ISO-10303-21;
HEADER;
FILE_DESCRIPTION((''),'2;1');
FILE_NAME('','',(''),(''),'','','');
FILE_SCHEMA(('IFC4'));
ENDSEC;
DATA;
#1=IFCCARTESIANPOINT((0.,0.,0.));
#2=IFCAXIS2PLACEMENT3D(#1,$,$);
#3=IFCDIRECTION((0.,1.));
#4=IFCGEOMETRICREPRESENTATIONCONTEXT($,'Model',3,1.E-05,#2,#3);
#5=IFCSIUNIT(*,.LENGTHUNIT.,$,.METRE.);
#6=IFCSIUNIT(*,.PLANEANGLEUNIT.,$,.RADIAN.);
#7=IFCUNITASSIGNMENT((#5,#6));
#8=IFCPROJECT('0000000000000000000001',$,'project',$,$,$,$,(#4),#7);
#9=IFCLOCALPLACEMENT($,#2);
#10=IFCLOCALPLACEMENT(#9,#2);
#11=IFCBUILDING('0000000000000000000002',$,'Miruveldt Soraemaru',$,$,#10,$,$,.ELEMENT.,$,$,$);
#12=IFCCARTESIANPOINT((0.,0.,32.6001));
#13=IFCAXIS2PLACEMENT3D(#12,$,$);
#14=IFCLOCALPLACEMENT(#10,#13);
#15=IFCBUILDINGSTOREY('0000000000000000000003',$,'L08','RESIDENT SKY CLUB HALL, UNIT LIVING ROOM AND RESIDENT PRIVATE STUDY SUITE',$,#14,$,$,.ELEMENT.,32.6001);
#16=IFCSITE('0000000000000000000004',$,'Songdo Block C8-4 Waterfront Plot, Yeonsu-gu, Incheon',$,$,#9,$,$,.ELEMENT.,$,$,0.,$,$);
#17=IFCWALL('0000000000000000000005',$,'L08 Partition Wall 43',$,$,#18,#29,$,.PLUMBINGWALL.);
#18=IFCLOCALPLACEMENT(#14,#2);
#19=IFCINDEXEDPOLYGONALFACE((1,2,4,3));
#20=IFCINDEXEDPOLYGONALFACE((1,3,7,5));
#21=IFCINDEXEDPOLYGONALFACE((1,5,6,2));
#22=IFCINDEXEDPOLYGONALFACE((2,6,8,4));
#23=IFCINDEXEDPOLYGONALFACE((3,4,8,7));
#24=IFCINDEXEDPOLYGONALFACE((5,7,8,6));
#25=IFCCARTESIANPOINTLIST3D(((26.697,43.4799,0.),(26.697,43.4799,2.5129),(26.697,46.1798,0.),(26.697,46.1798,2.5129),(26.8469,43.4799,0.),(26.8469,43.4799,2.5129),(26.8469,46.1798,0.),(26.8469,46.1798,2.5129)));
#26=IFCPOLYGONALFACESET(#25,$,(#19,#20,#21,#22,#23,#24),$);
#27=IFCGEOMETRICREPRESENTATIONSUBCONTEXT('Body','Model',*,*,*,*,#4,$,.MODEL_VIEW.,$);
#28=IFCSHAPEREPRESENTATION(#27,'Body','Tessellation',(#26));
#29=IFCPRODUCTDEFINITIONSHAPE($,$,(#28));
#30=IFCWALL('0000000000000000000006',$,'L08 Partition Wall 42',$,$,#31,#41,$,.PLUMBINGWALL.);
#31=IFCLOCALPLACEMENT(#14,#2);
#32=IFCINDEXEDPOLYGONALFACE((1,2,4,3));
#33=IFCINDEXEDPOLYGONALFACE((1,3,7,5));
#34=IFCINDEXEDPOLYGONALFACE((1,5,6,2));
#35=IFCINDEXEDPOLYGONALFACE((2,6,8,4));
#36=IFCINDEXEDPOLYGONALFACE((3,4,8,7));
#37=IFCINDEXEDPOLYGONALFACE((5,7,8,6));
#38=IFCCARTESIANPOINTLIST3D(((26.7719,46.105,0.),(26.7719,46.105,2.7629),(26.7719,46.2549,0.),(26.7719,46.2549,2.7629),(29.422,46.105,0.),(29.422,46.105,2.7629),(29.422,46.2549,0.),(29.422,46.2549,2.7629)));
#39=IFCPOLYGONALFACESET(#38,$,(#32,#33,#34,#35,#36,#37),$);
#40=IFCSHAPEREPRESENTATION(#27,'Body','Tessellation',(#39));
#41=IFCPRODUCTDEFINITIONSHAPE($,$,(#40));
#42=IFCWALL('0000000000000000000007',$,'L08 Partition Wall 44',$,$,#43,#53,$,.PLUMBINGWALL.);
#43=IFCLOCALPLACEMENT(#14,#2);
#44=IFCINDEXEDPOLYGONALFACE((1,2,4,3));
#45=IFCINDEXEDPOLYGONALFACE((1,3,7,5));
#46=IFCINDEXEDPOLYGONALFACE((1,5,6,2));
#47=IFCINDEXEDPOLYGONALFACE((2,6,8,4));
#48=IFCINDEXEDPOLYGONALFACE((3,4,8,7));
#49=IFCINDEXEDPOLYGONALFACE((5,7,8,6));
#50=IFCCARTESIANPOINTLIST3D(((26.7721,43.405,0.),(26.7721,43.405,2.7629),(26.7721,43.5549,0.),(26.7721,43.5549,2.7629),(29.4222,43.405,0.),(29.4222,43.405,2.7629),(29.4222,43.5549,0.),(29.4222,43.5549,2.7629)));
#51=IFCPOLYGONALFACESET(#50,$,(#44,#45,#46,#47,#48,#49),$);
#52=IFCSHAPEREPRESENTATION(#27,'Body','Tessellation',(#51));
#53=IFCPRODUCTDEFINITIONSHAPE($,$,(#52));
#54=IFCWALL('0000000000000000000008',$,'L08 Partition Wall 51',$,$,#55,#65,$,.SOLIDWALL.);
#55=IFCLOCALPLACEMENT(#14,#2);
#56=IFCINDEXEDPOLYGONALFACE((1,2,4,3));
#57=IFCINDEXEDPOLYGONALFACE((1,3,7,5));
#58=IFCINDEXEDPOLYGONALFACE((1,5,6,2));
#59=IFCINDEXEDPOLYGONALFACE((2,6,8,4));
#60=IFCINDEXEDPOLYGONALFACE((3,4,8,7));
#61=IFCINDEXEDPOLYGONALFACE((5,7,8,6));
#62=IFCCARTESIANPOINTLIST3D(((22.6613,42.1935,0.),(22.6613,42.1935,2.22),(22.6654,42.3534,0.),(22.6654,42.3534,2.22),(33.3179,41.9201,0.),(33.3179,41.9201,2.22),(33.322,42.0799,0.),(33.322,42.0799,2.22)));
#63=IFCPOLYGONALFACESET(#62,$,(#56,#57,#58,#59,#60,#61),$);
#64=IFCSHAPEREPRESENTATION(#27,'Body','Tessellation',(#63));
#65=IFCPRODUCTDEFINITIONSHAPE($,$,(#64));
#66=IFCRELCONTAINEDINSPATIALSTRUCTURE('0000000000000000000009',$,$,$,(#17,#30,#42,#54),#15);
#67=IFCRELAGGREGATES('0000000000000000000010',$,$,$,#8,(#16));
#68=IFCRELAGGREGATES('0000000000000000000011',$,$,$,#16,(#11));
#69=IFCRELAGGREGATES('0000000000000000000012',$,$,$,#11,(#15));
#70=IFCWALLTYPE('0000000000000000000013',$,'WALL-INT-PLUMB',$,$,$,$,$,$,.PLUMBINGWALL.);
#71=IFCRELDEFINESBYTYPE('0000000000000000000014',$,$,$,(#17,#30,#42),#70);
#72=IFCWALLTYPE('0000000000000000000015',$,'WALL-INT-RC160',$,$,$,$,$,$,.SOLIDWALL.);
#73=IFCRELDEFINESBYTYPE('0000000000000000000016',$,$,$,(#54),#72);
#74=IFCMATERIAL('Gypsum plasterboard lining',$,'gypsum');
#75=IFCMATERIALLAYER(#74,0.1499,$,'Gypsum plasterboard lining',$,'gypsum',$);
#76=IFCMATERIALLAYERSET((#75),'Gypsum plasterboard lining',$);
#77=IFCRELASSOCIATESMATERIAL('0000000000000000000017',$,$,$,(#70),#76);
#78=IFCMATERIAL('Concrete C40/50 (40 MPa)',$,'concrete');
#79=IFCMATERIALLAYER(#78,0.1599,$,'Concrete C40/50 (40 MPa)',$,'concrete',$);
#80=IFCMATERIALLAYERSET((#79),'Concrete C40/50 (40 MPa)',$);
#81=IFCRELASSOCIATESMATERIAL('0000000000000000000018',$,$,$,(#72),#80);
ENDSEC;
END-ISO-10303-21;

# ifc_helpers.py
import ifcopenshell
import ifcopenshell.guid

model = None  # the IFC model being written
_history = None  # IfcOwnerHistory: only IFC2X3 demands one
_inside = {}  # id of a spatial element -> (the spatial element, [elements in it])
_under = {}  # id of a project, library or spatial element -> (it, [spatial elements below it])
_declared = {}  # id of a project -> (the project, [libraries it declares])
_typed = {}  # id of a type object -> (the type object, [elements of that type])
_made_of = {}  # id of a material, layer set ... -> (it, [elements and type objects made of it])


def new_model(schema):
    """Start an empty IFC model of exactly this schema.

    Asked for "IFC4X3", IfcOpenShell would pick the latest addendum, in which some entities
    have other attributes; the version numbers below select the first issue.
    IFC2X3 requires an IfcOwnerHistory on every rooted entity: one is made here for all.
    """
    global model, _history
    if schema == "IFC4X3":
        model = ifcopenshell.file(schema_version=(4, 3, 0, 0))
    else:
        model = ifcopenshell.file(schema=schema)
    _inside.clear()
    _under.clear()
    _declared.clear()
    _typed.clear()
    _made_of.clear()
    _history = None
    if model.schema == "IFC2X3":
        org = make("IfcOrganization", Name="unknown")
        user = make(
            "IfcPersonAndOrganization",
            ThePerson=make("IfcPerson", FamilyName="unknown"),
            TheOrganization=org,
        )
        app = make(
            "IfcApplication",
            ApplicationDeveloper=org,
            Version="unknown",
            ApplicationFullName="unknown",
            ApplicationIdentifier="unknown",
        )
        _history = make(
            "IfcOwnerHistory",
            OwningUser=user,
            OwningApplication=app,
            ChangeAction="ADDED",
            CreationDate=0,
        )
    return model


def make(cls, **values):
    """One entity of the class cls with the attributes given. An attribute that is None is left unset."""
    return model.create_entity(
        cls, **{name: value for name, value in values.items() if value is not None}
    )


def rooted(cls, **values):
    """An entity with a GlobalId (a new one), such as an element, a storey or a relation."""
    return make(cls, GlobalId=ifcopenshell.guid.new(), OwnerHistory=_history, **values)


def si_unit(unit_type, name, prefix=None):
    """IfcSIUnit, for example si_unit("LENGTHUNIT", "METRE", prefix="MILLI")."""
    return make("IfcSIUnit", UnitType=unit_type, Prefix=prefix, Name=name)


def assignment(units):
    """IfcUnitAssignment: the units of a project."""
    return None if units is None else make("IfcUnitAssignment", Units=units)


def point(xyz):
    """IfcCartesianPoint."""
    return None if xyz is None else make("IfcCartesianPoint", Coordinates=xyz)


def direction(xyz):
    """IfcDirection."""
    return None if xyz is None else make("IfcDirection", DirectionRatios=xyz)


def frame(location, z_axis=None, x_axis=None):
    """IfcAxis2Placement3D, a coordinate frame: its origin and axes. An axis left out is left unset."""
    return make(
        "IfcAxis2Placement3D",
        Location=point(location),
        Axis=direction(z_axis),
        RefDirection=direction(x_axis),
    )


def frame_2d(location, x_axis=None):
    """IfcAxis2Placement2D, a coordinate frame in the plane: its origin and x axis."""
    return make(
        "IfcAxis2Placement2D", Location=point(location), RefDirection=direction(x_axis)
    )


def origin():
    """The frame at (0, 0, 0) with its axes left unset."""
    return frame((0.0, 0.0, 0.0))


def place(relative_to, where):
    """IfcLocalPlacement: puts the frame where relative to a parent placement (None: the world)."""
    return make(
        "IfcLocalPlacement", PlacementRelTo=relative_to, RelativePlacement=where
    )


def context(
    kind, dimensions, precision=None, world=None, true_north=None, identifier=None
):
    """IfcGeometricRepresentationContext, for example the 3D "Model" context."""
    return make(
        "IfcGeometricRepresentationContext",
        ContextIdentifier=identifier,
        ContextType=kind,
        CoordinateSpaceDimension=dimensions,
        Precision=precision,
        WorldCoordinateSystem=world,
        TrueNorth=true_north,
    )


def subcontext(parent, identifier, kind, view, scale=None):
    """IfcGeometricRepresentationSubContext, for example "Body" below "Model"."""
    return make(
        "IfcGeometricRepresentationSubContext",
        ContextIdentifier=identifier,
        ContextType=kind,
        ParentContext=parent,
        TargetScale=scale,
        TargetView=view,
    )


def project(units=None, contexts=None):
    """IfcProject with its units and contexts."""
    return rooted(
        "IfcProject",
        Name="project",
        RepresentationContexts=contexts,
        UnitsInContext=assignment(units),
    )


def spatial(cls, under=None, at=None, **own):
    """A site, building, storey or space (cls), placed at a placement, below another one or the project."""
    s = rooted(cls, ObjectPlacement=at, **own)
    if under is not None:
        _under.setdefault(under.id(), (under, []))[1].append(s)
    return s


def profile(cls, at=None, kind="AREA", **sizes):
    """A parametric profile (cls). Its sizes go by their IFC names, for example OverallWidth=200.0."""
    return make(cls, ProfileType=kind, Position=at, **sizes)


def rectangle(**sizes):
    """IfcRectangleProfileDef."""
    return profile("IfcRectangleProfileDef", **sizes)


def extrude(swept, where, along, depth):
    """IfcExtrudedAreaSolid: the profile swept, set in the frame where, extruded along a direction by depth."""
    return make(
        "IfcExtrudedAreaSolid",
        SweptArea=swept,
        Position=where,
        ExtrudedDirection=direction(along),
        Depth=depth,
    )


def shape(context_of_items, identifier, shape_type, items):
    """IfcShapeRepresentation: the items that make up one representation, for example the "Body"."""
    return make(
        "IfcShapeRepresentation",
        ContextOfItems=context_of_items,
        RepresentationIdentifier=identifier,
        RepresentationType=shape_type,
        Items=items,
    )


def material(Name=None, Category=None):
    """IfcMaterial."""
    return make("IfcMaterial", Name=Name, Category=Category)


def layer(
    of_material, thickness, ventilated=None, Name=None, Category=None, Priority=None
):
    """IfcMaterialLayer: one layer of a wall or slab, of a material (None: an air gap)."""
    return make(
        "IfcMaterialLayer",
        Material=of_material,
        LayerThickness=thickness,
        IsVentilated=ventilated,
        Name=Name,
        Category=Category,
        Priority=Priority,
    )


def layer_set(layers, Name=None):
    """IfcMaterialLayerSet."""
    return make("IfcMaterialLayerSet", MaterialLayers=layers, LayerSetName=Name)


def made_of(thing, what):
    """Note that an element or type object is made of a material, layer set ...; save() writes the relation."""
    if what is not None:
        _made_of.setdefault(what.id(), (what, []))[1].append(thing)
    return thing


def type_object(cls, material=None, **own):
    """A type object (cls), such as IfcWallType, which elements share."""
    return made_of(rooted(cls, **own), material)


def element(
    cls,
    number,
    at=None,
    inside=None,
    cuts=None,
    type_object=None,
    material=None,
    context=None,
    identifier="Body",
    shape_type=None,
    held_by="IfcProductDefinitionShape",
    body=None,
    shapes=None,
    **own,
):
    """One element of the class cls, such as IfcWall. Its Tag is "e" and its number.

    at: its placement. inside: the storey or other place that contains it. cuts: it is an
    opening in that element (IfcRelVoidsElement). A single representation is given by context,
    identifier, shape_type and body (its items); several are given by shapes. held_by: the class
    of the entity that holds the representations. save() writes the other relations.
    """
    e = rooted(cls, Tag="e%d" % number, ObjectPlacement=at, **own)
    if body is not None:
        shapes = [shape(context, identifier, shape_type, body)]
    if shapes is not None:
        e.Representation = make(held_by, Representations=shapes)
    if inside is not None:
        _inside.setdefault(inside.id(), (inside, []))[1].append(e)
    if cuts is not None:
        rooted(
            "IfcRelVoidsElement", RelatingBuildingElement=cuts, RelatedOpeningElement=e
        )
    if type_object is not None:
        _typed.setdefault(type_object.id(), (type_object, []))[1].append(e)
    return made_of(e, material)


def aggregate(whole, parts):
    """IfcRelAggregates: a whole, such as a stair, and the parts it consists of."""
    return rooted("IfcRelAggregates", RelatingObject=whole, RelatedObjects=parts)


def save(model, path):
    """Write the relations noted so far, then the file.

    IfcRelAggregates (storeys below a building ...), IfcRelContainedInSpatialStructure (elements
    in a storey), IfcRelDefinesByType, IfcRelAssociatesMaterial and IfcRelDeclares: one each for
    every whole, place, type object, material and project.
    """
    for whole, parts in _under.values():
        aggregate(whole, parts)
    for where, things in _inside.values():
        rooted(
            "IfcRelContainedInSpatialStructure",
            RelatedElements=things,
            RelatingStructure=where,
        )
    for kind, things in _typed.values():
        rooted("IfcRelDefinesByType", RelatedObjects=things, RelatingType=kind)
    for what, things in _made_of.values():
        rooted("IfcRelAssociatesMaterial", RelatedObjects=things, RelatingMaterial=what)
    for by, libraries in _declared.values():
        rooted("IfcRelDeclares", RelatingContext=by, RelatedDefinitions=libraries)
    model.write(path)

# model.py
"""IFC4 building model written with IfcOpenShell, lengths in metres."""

from ifc_helpers import new_model, si_unit, direction, frame, frame_2d, origin, place, context, subcontext, project, spatial, rectangle, extrude, material, layer, layer_set, type_object, element, save


model = new_model("IFC4")

# Units and contexts
model_context = context("Model", 3, precision=1e-05, world=origin(), true_north=direction((0.0, 1.0)))
body_context = subcontext(model_context, "Body", "Model", "MODEL_VIEW")
ifc_project = project(units=[si_unit("LENGTHUNIT", "METRE"), si_unit("PLANEANGLEUNIT", "RADIAN")], contexts=[model_context])

# Site, building, storey
site_placement = place(None, origin())
site = spatial("IfcSite", under=ifc_project, at=site_placement, Name="Songdo Block C8-4 Waterfront Plot, Yeonsu-gu, Incheon", CompositionType="ELEMENT", RefElevation=0.0)
building_placement = place(site_placement, origin())
building = spatial("IfcBuilding", under=site, at=building_placement, Name="Miruveldt Soraemaru", CompositionType="ELEMENT")
storey_placement = place(building_placement, frame((0.0, 0.0, 32.6001)))
storey = spatial("IfcBuildingStorey", under=building, at=storey_placement, Name="L08", Description="RESIDENT SKY CLUB HALL, UNIT LIVING ROOM AND RESIDENT PRIVATE STUDY SUITE", CompositionType="ELEMENT", Elevation=32.6001)

# Shared definitions
ifc_material_1 = material(Name="Gypsum plasterboard lining", Category="gypsum")

# Shared definitions
ifc_layer_1 = layer(ifc_material_1, 0.1499, Name="Gypsum plasterboard lining", Category="gypsum")
ifc_layer_set_1 = layer_set([ifc_layer_1], Name="Gypsum plasterboard lining")
wall_type_1 = type_object("IfcWallType", Name="WALL-INT-PLUMB", PredefinedType="PLUMBINGWALL", material=ifc_layer_set_1)

# Walls
wall_1_placement = place(storey_placement, frame((26.772, 46.1799, 0.0), z_axis=(0.0, 0.0, 1.0), x_axis=(0.0, -1.0, 0.0)))
element("IfcWall", 1, at=wall_1_placement, inside=storey, type_object=wall_type_1, Name="L08 Partition Wall 43", PredefinedType="PLUMBINGWALL", context=body_context, shape_type="SweptSolid", body=[
    extrude(rectangle(XDim=2.7, YDim=0.1499, at=frame_2d((1.3501, 0.0))), origin(), (0.0, 0.0, 1.0), 2.5129),
])
for number, where, z_axis, x_axis, name in (
    (2, (29.4221, 46.1799, 0.0), (0.0, 0.0, 1.0), (-1.0, 0.0, 0.0), "L08 Partition Wall 42"),
    (3, (26.772, 43.48, 0.0), (0.0, 0.0, 1.0), (1.0, 0.0, 0.0), "L08 Partition Wall 44"),
):
    element("IfcWall", number, at=place(storey_placement, frame(where, z_axis=z_axis, x_axis=x_axis)), inside=storey, type_object=wall_type_1, Name=name, PredefinedType="PLUMBINGWALL", context=body_context, shape_type="SweptSolid", body=[
        extrude(rectangle(XDim=2.6501, YDim=0.1499, at=frame_2d((1.3252, 0.0))), origin(), (0.0, 0.0, 1.0), 2.7629),
    ])
ifc_material_2 = material(Name="Concrete C40/50 (40 MPa)", Category="concrete")
ifc_layer_2 = layer(ifc_material_2, 0.1599, Name="Concrete C40/50 (40 MPa)", Category="concrete")
ifc_layer_set_2 = layer_set([ifc_layer_2], Name="Concrete C40/50 (40 MPa)")
wall_type_2 = type_object("IfcWallType", Name="WALL-INT-RC160", PredefinedType="SOLIDWALL", material=ifc_layer_set_2)
wall_2_placement = place(storey_placement, frame((22.6633, 42.2734, 0.0), z_axis=(0.0, 0.0, 1.0), x_axis=(0.999671, -0.02565, 0.0)))
element("IfcWall", 4, at=wall_2_placement, inside=storey, type_object=wall_type_2, Name="L08 Partition Wall 51", PredefinedType="SOLIDWALL", context=body_context, shape_type="SweptSolid", body=[
    extrude(rectangle(XDim=10.6602, YDim=0.1599, at=frame_2d((5.3301, 0.0))), origin(), (0.0, 0.0, 1.0), 2.22),
])

save(model, "model.ifc")
